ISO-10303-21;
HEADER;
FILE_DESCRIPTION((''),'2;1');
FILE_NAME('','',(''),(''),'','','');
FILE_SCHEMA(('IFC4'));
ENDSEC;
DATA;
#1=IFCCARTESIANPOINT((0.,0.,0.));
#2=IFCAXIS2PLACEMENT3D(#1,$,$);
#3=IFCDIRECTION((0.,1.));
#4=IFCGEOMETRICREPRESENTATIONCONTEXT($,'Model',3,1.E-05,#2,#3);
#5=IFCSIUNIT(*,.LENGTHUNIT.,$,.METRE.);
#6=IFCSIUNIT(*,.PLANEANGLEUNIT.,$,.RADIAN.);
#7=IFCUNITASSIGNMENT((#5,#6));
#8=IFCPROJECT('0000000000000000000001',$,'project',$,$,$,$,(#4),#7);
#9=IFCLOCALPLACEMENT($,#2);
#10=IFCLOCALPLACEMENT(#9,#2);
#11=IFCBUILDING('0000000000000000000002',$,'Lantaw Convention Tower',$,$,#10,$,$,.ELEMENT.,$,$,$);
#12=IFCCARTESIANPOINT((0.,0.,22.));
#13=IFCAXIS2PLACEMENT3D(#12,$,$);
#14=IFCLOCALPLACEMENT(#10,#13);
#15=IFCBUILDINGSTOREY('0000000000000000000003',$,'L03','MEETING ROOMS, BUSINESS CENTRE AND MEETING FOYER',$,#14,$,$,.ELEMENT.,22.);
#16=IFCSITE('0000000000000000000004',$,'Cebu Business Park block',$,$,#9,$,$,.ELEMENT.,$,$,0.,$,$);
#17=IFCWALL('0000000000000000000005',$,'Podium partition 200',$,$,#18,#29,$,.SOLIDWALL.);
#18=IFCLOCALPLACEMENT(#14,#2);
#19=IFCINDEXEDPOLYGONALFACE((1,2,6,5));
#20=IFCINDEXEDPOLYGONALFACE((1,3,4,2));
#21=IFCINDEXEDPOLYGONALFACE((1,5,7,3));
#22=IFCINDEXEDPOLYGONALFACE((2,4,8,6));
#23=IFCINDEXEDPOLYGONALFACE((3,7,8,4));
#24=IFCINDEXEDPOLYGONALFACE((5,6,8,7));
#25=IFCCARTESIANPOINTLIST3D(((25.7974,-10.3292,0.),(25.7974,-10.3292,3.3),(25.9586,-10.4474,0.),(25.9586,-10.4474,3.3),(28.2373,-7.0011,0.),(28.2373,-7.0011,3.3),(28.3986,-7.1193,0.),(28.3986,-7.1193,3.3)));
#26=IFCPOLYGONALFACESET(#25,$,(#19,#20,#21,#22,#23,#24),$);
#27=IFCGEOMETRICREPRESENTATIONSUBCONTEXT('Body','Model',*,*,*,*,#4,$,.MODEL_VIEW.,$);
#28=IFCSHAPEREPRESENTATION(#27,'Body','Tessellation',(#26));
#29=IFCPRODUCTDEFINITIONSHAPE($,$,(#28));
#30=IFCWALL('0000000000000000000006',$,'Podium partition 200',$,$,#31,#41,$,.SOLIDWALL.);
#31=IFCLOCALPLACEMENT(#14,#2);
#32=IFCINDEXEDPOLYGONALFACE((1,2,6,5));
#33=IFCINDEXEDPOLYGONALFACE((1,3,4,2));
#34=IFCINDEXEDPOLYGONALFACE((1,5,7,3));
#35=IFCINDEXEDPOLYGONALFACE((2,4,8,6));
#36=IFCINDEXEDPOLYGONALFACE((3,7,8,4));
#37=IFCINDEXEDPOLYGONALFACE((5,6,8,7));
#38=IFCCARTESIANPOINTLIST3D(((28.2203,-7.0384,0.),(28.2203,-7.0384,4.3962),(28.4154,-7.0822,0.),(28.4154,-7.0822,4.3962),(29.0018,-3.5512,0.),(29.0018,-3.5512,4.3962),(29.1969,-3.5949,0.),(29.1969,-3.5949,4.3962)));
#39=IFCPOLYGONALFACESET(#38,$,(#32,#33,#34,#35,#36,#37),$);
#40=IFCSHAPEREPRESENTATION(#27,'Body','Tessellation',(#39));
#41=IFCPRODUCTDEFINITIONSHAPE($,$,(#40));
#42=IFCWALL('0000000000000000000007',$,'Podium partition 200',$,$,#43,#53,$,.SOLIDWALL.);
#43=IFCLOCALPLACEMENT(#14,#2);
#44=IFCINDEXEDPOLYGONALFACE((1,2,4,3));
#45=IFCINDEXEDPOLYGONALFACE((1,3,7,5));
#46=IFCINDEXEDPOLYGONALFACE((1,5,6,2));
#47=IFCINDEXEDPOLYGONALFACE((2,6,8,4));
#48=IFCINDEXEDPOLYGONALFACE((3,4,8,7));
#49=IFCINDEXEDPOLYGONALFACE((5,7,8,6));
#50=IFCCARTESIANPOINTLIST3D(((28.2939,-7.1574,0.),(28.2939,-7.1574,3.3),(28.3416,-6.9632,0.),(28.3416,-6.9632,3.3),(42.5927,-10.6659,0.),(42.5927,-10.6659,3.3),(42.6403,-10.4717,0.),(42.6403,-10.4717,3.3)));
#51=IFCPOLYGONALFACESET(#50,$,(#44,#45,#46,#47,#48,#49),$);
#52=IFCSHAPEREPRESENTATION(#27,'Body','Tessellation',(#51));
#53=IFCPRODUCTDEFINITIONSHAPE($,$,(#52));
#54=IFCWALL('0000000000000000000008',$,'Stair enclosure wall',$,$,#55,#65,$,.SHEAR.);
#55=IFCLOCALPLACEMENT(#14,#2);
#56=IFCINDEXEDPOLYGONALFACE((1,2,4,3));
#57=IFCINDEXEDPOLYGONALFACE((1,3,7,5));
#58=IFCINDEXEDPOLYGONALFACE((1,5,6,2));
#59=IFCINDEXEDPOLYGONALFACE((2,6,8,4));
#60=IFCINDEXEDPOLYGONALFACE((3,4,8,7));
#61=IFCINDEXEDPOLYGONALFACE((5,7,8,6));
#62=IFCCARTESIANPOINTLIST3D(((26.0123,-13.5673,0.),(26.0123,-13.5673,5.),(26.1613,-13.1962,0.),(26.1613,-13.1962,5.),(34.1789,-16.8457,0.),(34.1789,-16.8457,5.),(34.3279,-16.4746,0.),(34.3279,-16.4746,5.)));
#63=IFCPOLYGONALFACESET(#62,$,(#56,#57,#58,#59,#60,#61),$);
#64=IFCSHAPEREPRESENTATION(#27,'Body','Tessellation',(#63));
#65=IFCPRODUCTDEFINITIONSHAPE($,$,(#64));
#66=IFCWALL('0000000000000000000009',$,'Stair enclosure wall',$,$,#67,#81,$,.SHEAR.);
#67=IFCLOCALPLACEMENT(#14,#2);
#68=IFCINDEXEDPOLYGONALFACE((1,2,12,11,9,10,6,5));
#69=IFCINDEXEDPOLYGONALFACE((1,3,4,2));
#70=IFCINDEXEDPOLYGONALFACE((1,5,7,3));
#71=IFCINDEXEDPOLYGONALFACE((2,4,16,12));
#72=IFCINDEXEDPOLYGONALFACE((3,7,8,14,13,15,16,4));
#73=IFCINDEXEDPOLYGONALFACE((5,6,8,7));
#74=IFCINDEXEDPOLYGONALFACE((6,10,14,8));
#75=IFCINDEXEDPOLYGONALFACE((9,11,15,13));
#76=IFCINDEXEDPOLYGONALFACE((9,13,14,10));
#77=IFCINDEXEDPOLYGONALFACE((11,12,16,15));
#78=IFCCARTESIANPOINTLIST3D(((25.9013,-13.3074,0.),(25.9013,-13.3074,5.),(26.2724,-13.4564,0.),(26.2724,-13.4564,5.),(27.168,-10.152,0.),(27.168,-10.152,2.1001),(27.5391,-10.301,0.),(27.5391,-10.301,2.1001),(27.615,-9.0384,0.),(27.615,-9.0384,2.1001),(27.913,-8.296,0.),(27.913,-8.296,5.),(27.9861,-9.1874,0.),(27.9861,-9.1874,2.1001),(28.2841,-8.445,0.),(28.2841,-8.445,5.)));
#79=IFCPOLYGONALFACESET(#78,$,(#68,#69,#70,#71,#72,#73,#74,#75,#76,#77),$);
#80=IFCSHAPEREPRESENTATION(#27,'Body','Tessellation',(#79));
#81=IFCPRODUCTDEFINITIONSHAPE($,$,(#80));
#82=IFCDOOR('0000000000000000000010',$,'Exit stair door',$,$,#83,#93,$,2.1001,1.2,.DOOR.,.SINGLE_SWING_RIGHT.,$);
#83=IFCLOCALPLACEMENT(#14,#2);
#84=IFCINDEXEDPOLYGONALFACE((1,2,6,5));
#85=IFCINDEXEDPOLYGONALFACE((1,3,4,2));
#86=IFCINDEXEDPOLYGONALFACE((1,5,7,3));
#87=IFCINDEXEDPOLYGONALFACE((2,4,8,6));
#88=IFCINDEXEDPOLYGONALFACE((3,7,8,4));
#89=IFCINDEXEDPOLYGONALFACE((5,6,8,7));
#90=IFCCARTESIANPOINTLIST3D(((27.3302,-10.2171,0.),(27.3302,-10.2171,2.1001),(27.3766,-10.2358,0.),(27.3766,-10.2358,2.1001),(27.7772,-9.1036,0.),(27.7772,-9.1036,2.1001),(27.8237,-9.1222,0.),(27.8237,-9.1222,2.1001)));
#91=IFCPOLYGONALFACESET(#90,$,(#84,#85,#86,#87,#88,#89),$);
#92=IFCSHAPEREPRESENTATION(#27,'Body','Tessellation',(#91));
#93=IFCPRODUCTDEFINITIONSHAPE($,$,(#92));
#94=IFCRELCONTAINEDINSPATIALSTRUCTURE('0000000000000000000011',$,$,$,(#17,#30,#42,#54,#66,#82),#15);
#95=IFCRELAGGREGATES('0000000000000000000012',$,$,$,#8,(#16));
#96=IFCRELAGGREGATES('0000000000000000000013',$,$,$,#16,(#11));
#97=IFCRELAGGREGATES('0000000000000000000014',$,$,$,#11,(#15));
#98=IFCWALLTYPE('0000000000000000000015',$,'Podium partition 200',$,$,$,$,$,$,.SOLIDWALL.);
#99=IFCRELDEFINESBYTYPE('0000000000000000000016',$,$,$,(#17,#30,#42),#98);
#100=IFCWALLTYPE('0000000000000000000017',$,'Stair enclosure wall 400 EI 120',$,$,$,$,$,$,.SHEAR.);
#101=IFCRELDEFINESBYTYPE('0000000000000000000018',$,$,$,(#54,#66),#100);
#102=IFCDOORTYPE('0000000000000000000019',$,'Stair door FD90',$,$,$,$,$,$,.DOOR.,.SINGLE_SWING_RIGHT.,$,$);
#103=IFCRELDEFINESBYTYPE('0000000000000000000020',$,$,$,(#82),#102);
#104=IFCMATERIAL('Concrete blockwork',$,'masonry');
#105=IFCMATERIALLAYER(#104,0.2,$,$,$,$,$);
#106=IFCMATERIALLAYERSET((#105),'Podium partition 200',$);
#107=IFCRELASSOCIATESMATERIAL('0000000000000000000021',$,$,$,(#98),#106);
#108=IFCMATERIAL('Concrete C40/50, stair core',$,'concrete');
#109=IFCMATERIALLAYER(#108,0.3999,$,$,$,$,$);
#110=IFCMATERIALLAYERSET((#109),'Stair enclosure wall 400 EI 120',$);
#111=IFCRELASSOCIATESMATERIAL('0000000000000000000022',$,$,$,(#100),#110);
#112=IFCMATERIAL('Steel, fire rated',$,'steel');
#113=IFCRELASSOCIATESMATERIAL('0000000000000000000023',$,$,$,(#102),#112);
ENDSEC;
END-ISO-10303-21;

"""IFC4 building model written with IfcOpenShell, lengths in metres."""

from ifc_helpers import new_model, si_unit, direction, frame, frame_2d, origin, place, context, subcontext, project, spatial, rectangle, extrude, material, layer, layer_set, type_object, element, fill, save


model = new_model("IFC4")

# Units and contexts
model_context = context("Model", 3, precision=1e-05, world=origin(), true_north=direction((0.0, 1.0)))
body_context = subcontext(model_context, "Body", "Model", "MODEL_VIEW")
ifc_project = project(units=[si_unit("LENGTHUNIT", "METRE"), si_unit("PLANEANGLEUNIT", "RADIAN")], contexts=[model_context])

# Site, building, storey
site_placement = place(None, origin())
site = spatial("IfcSite", under=ifc_project, at=site_placement, Name="Cebu Business Park block", CompositionType="ELEMENT", RefElevation=0.0)
building_placement = place(site_placement, origin())
building = spatial("IfcBuilding", under=site, at=building_placement, Name="Lantaw Convention Tower", CompositionType="ELEMENT")
storey_placement = place(building_placement, frame((0.0, 0.0, 22.0)))
storey = spatial("IfcBuildingStorey", under=building, at=storey_placement, Name="L03", Description="MEETING ROOMS, BUSINESS CENTRE AND MEETING FOYER", CompositionType="ELEMENT", Elevation=22.0)

# Shared definitions
ifc_material_1 = material(Name="Concrete blockwork", Category="masonry")
ifc_layer_1 = layer(ifc_material_1, 0.2)
ifc_layer_set_1 = layer_set([ifc_layer_1], Name="Podium partition 200")
wall_type_1 = type_object("IfcWallType", Name="Podium partition 200", PredefinedType="SOLIDWALL", material=ifc_layer_set_1)

# Walls
wall_1_placement = place(storey_placement, frame((25.8779, -10.3884, 0.0), z_axis=(0.0, 0.0, 1.0), x_axis=(0.591256, 0.806484, 0.0)))
element("IfcWall", 1, at=wall_1_placement, inside=storey, type_object=wall_type_1, Name="Podium partition 200", PredefinedType="SOLIDWALL", context=body_context, shape_type="SweptSolid", body=[
    extrude(rectangle(XDim=4.1267, YDim=0.2, at=frame_2d((2.0635, 0.0))), origin(), (0.0, 0.0, 1.0), 3.3),
])
wall_2_placement = place(storey_placement, frame((28.3179, -7.0603, 0.0), z_axis=(0.0, 0.0, 1.0), x_axis=(0.218673, 0.975798, 0.0)))
element("IfcWall", 2, at=wall_2_placement, inside=storey, type_object=wall_type_1, Name="Podium partition 200", PredefinedType="SOLIDWALL", context=body_context, shape_type="SweptSolid", body=[
    extrude(rectangle(XDim=3.5737, YDim=0.2, at=frame_2d((1.7869, 0.0))), origin(), (0.0, 0.0, 1.0), 4.3962),
])
wall_3_placement = place(storey_placement, frame((28.3179, -7.0603, 0.0), z_axis=(0.0, 0.0, 1.0), x_axis=(0.971191, -0.238304, 0.0)))
element("IfcWall", 3, at=wall_3_placement, inside=storey, type_object=wall_type_1, Name="Podium partition 200", PredefinedType="SOLIDWALL", context=body_context, shape_type="SweptSolid", body=[
    extrude(rectangle(XDim=14.7229, YDim=0.2, at=frame_2d((7.3613, 0.0))), origin(), (0.0, 0.0, 1.0), 3.3),
])
ifc_material_2 = material(Name="Concrete C40/50, stair core", Category="concrete")
ifc_layer_2 = layer(ifc_material_2, 0.3999)
ifc_layer_set_2 = layer_set([ifc_layer_2], Name="Stair enclosure wall 400 EI 120")
wall_type_2 = type_object("IfcWallType", Name="Stair enclosure wall 400 EI 120", PredefinedType="SHEAR", material=ifc_layer_set_2)
wall_4_placement = place(storey_placement, frame((26.0869, -13.3818, 0.0), z_axis=(0.0, 0.0, 1.0), x_axis=(0.928017, -0.372538, 0.0)))
element("IfcWall", 4, at=wall_4_placement, inside=storey, type_object=wall_type_2, Name="Stair enclosure wall", PredefinedType="SHEAR", context=body_context, shape_type="SweptSolid", body=[
    extrude(rectangle(XDim=8.8, YDim=0.3999, at=frame_2d((4.3999, 0.0))), origin(), (0.0, 0.0, 1.0), 5.0),
])

# Wall, opening, door
wall_5_placement = place(storey_placement, frame((28.0986, -8.3704, 0.0), z_axis=(0.0, 0.0, 1.0), x_axis=(-0.372528, -0.928021, 0.0)))
wall_5 = element("IfcWall", 5, at=wall_5_placement, inside=storey, type_object=wall_type_2, Name="Stair enclosure wall", PredefinedType="SHEAR", context=body_context, shape_type="SweptSolid", body=[
    extrude(rectangle(XDim=5.4001, YDim=0.3999, at=frame_2d((2.7002, 0.0))), origin(), (0.0, 0.0, 1.0), 5.0),
])
opening_1_placement = place(wall_5_placement, frame((0.8, 0.0, 0.0)))
opening_1 = element("IfcOpeningElement", 6, at=opening_1_placement, cuts=wall_5, PredefinedType="OPENING", context=body_context, shape_type="SweptSolid", body=[
    extrude(rectangle(XDim=1.2, YDim=2.1001, at=frame_2d((0.6001, 1.05))), frame((0.0, 0.21, 0.0), z_axis=(0.0, -1.0, 0.0), x_axis=(1.0, 0.0, 0.0)), (0.0, 0.0, 1.0), 0.4199),
])
ifc_material_3 = material(Name="Steel, fire rated", Category="steel")
door_type_1 = type_object("IfcDoorType", Name="Stair door FD90", OperationType="SINGLE_SWING_RIGHT", PredefinedType="DOOR", material=ifc_material_3)
door_1_placement = place(opening_1_placement, origin())
door_1 = element("IfcDoor", 7, at=door_1_placement, inside=storey, type_object=door_type_1, Name="Exit stair door", OperationType="SINGLE_SWING_RIGHT", OverallHeight=2.1001, OverallWidth=1.2, PredefinedType="DOOR", context=body_context, shape_type="SweptSolid", body=[
    extrude(rectangle(XDim=1.2, YDim=2.1001, at=frame_2d((0.6001, 1.05))), frame((0.0, 0.0249, 0.0), z_axis=(0.0, -1.0, 0.0), x_axis=(1.0, 0.0, 0.0)), (0.0, 0.0, 1.0), 0.05),
])
fill(opening_1, door_1)

save(model, "model.ifc")
